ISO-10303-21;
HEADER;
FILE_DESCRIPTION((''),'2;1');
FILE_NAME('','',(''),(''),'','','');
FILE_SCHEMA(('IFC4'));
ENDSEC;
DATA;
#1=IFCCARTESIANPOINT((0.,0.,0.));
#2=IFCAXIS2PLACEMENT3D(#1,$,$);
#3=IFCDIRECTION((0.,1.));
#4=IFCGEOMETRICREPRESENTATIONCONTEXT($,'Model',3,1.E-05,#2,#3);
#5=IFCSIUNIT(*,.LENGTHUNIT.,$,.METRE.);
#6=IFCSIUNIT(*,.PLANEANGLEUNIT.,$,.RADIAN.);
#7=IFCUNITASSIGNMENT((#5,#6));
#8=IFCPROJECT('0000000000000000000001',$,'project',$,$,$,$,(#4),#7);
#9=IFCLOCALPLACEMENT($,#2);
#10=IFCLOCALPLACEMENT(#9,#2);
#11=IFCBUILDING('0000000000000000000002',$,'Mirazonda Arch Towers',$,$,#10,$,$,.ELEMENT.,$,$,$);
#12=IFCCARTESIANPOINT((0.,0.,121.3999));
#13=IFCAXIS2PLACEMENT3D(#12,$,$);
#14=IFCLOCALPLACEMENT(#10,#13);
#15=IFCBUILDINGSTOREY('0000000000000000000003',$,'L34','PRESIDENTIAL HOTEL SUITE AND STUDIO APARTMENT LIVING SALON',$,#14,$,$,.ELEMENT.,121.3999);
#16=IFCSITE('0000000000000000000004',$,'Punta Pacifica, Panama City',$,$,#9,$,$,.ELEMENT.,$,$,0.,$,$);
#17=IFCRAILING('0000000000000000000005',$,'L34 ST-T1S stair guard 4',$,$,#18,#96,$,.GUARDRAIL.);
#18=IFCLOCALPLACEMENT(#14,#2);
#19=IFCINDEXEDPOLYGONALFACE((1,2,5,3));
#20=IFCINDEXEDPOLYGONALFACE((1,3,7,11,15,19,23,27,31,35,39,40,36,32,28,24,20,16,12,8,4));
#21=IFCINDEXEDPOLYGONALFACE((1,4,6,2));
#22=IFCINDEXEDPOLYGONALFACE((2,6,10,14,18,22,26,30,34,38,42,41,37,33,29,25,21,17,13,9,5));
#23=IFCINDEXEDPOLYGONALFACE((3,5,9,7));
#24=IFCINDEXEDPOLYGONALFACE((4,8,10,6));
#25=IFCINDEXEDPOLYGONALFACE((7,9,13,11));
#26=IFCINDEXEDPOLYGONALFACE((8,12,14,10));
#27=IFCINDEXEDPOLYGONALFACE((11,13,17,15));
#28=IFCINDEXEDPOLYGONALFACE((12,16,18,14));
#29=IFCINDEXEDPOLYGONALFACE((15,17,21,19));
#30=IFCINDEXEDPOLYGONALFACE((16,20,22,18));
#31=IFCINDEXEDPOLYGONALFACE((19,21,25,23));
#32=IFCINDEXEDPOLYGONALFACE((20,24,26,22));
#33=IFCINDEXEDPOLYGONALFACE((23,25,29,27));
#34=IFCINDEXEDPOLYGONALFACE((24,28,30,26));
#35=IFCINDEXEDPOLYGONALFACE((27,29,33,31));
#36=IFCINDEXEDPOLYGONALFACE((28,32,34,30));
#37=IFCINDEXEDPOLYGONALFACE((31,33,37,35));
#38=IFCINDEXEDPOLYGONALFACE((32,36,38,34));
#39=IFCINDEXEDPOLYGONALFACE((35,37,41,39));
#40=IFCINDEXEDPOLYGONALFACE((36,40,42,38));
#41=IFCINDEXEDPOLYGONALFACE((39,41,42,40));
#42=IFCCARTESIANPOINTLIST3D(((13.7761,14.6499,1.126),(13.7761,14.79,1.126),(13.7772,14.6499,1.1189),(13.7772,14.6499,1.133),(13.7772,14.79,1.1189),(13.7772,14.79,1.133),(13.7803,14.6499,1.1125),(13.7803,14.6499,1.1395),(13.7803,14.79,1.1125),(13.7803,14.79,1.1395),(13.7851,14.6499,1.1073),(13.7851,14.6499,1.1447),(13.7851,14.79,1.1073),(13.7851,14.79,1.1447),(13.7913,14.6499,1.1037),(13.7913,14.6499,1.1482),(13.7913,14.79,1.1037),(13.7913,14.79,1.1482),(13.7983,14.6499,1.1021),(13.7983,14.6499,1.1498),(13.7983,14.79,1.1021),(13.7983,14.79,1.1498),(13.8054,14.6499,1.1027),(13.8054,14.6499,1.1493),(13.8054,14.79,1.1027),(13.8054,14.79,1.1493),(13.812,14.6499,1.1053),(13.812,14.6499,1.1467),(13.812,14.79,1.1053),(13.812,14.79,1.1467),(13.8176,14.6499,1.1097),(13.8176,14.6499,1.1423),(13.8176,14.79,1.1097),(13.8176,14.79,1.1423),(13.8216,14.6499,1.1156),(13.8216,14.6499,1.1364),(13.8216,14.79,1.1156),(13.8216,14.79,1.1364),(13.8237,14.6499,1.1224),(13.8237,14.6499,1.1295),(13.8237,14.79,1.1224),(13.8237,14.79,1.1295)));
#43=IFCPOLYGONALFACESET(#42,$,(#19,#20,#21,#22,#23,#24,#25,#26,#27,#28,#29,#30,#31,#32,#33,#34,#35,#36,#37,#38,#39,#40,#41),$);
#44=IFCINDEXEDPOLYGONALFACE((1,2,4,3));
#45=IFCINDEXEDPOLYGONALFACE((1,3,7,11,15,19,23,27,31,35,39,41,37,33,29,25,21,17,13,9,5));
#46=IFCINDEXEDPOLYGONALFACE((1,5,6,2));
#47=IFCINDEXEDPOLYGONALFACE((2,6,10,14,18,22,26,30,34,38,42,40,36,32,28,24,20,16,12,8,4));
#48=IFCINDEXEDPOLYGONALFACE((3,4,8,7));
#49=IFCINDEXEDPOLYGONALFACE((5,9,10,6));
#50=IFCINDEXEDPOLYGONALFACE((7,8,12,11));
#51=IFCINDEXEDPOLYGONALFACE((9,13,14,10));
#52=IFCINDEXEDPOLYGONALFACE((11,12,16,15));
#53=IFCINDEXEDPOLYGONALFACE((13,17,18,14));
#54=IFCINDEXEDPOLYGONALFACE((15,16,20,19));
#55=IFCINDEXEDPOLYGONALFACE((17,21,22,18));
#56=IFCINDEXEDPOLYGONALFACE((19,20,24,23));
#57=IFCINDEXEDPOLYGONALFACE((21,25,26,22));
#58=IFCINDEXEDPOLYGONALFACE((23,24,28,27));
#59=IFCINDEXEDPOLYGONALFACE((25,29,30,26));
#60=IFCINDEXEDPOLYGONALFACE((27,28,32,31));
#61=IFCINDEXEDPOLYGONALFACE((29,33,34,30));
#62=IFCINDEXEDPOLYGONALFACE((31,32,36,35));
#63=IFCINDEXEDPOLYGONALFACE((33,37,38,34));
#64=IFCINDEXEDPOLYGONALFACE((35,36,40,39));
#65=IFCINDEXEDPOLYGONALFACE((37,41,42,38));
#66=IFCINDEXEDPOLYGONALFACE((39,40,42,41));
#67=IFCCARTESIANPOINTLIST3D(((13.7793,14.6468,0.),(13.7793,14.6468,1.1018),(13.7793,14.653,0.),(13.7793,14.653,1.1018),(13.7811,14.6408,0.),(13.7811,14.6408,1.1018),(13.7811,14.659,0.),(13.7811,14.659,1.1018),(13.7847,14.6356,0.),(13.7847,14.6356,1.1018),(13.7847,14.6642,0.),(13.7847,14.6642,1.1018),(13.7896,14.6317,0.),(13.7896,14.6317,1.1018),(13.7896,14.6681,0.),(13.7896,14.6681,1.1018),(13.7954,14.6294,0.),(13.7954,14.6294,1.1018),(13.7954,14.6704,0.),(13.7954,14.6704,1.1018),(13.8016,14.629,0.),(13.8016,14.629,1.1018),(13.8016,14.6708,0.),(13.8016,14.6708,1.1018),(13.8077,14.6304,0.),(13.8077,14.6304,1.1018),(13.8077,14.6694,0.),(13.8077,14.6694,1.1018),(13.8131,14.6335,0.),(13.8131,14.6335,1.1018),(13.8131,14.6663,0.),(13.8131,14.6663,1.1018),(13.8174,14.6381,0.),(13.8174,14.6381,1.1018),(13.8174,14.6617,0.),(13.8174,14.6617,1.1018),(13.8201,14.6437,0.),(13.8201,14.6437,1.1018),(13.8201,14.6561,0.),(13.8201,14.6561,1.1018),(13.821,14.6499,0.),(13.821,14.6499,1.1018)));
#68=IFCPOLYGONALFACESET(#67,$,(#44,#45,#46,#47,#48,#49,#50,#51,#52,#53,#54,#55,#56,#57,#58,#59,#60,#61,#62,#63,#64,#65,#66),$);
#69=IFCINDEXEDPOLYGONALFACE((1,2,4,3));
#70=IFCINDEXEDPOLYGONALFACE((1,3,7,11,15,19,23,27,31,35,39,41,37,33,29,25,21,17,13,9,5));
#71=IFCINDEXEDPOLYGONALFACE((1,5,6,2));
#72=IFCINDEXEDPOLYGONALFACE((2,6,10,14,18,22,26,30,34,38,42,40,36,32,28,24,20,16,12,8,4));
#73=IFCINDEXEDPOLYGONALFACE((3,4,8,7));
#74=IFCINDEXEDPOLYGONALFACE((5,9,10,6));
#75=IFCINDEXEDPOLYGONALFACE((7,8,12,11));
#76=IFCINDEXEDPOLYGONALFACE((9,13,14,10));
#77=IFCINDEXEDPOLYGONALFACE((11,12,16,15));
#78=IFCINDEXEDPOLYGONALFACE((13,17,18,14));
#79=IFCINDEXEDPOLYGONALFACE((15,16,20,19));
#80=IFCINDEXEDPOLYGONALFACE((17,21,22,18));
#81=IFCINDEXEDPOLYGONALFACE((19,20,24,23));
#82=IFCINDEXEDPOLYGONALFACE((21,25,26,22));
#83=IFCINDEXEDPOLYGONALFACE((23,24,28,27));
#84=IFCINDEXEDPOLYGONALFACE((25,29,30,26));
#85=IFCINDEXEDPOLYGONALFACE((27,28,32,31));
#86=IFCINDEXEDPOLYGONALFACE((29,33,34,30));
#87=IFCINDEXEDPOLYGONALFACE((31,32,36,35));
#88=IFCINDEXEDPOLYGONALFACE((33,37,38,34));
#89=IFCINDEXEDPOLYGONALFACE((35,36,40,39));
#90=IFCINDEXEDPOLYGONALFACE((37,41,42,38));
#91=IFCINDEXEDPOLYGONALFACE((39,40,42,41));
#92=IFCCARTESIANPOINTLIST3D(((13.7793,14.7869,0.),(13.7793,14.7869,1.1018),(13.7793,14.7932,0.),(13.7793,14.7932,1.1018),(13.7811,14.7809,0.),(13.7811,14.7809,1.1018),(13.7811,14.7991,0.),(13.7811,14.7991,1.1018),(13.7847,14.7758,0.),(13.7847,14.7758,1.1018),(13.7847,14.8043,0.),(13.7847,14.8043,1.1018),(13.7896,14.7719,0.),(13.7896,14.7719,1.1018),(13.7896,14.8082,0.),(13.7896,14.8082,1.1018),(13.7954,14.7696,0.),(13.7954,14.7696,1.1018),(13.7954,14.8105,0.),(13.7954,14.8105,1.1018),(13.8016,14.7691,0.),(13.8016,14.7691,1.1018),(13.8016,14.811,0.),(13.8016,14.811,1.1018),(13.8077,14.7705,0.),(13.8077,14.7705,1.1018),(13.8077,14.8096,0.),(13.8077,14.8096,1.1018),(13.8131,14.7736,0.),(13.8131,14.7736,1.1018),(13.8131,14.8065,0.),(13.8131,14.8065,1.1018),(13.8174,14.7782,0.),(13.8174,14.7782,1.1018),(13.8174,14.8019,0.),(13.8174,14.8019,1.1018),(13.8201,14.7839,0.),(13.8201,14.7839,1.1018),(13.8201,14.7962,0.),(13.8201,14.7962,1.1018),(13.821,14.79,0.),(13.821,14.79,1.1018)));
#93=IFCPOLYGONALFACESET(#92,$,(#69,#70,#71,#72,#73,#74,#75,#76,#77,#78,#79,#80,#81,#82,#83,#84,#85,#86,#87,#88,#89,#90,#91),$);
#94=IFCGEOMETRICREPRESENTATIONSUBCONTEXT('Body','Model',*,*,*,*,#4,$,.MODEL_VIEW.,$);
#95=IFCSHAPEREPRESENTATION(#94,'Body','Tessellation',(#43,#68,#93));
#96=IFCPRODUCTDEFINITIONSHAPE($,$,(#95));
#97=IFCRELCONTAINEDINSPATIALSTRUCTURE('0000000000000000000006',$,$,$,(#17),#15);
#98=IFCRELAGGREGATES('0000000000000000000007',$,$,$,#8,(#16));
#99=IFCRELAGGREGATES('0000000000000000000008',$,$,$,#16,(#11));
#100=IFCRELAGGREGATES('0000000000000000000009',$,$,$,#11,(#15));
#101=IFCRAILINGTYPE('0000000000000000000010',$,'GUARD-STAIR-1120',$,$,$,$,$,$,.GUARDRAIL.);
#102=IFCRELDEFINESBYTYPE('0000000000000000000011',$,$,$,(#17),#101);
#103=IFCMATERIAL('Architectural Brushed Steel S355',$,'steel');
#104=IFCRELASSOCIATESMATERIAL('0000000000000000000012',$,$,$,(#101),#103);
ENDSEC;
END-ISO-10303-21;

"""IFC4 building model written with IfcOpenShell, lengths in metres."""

from ifc_helpers import new_model, si_unit, direction, frame, origin, origin_2d, place, context, subcontext, project, spatial, circle, extrude, material, type_object, element, save


model = new_model("IFC4")

# Units and contexts
model_context = context("Model", 3, precision=1e-05, world=origin(), true_north=direction((0.0, 1.0)))
body_context = subcontext(model_context, "Body", "Model", "MODEL_VIEW")
ifc_project = project(units=[si_unit("LENGTHUNIT", "METRE"), si_unit("PLANEANGLEUNIT", "RADIAN")], contexts=[model_context])

# Site, building, storey
site_placement = place(None, origin())
site = spatial("IfcSite", under=ifc_project, at=site_placement, Name="Punta Pacifica, Panama City", CompositionType="ELEMENT", RefElevation=0.0)
building_placement = place(site_placement, origin())
building = spatial("IfcBuilding", under=site, at=building_placement, Name="Mirazonda Arch Towers", CompositionType="ELEMENT")
storey_placement = place(building_placement, frame((0.0, 0.0, 121.3999)))
storey = spatial("IfcBuildingStorey", under=building, at=storey_placement, Name="L34", Description="PRESIDENTIAL HOTEL SUITE AND STUDIO APARTMENT LIVING SALON", CompositionType="ELEMENT", Elevation=121.3999)

# Shared definitions
ifc_material_1 = material(Name="Architectural Brushed Steel S355", Category="steel")

# Railing
railing_type_1 = type_object("IfcRailingType", Name="GUARD-STAIR-1120", PredefinedType="GUARDRAIL", material=ifc_material_1)
railing_1_placement = place(storey_placement, frame((13.8, 14.6499, 0.0)))
element("IfcRailing", 1, at=railing_1_placement, inside=storey, type_object=railing_type_1, Name="L34 ST-T1S stair guard 4", PredefinedType="GUARDRAIL", context=body_context, shape_type="SweptSolid", body=[
    extrude(circle(Radius=0.0239, at=origin_2d()), frame((0.0, 0.0, 1.126), z_axis=(0.0, 1.0, 0.0), x_axis=(-1.0, 0.0, 0.0)), (0.0, 0.0, 1.0), 0.1401),
    extrude(circle(Radius=0.021, at=origin_2d()), origin(), (0.0, 0.0, 1.0), 1.1018),
    extrude(circle(Radius=0.021, at=origin_2d()), frame((0.0, 0.1401, 0.0)), (0.0, 0.0, 1.0), 1.1018),
])

save(model, "model.ifc")
